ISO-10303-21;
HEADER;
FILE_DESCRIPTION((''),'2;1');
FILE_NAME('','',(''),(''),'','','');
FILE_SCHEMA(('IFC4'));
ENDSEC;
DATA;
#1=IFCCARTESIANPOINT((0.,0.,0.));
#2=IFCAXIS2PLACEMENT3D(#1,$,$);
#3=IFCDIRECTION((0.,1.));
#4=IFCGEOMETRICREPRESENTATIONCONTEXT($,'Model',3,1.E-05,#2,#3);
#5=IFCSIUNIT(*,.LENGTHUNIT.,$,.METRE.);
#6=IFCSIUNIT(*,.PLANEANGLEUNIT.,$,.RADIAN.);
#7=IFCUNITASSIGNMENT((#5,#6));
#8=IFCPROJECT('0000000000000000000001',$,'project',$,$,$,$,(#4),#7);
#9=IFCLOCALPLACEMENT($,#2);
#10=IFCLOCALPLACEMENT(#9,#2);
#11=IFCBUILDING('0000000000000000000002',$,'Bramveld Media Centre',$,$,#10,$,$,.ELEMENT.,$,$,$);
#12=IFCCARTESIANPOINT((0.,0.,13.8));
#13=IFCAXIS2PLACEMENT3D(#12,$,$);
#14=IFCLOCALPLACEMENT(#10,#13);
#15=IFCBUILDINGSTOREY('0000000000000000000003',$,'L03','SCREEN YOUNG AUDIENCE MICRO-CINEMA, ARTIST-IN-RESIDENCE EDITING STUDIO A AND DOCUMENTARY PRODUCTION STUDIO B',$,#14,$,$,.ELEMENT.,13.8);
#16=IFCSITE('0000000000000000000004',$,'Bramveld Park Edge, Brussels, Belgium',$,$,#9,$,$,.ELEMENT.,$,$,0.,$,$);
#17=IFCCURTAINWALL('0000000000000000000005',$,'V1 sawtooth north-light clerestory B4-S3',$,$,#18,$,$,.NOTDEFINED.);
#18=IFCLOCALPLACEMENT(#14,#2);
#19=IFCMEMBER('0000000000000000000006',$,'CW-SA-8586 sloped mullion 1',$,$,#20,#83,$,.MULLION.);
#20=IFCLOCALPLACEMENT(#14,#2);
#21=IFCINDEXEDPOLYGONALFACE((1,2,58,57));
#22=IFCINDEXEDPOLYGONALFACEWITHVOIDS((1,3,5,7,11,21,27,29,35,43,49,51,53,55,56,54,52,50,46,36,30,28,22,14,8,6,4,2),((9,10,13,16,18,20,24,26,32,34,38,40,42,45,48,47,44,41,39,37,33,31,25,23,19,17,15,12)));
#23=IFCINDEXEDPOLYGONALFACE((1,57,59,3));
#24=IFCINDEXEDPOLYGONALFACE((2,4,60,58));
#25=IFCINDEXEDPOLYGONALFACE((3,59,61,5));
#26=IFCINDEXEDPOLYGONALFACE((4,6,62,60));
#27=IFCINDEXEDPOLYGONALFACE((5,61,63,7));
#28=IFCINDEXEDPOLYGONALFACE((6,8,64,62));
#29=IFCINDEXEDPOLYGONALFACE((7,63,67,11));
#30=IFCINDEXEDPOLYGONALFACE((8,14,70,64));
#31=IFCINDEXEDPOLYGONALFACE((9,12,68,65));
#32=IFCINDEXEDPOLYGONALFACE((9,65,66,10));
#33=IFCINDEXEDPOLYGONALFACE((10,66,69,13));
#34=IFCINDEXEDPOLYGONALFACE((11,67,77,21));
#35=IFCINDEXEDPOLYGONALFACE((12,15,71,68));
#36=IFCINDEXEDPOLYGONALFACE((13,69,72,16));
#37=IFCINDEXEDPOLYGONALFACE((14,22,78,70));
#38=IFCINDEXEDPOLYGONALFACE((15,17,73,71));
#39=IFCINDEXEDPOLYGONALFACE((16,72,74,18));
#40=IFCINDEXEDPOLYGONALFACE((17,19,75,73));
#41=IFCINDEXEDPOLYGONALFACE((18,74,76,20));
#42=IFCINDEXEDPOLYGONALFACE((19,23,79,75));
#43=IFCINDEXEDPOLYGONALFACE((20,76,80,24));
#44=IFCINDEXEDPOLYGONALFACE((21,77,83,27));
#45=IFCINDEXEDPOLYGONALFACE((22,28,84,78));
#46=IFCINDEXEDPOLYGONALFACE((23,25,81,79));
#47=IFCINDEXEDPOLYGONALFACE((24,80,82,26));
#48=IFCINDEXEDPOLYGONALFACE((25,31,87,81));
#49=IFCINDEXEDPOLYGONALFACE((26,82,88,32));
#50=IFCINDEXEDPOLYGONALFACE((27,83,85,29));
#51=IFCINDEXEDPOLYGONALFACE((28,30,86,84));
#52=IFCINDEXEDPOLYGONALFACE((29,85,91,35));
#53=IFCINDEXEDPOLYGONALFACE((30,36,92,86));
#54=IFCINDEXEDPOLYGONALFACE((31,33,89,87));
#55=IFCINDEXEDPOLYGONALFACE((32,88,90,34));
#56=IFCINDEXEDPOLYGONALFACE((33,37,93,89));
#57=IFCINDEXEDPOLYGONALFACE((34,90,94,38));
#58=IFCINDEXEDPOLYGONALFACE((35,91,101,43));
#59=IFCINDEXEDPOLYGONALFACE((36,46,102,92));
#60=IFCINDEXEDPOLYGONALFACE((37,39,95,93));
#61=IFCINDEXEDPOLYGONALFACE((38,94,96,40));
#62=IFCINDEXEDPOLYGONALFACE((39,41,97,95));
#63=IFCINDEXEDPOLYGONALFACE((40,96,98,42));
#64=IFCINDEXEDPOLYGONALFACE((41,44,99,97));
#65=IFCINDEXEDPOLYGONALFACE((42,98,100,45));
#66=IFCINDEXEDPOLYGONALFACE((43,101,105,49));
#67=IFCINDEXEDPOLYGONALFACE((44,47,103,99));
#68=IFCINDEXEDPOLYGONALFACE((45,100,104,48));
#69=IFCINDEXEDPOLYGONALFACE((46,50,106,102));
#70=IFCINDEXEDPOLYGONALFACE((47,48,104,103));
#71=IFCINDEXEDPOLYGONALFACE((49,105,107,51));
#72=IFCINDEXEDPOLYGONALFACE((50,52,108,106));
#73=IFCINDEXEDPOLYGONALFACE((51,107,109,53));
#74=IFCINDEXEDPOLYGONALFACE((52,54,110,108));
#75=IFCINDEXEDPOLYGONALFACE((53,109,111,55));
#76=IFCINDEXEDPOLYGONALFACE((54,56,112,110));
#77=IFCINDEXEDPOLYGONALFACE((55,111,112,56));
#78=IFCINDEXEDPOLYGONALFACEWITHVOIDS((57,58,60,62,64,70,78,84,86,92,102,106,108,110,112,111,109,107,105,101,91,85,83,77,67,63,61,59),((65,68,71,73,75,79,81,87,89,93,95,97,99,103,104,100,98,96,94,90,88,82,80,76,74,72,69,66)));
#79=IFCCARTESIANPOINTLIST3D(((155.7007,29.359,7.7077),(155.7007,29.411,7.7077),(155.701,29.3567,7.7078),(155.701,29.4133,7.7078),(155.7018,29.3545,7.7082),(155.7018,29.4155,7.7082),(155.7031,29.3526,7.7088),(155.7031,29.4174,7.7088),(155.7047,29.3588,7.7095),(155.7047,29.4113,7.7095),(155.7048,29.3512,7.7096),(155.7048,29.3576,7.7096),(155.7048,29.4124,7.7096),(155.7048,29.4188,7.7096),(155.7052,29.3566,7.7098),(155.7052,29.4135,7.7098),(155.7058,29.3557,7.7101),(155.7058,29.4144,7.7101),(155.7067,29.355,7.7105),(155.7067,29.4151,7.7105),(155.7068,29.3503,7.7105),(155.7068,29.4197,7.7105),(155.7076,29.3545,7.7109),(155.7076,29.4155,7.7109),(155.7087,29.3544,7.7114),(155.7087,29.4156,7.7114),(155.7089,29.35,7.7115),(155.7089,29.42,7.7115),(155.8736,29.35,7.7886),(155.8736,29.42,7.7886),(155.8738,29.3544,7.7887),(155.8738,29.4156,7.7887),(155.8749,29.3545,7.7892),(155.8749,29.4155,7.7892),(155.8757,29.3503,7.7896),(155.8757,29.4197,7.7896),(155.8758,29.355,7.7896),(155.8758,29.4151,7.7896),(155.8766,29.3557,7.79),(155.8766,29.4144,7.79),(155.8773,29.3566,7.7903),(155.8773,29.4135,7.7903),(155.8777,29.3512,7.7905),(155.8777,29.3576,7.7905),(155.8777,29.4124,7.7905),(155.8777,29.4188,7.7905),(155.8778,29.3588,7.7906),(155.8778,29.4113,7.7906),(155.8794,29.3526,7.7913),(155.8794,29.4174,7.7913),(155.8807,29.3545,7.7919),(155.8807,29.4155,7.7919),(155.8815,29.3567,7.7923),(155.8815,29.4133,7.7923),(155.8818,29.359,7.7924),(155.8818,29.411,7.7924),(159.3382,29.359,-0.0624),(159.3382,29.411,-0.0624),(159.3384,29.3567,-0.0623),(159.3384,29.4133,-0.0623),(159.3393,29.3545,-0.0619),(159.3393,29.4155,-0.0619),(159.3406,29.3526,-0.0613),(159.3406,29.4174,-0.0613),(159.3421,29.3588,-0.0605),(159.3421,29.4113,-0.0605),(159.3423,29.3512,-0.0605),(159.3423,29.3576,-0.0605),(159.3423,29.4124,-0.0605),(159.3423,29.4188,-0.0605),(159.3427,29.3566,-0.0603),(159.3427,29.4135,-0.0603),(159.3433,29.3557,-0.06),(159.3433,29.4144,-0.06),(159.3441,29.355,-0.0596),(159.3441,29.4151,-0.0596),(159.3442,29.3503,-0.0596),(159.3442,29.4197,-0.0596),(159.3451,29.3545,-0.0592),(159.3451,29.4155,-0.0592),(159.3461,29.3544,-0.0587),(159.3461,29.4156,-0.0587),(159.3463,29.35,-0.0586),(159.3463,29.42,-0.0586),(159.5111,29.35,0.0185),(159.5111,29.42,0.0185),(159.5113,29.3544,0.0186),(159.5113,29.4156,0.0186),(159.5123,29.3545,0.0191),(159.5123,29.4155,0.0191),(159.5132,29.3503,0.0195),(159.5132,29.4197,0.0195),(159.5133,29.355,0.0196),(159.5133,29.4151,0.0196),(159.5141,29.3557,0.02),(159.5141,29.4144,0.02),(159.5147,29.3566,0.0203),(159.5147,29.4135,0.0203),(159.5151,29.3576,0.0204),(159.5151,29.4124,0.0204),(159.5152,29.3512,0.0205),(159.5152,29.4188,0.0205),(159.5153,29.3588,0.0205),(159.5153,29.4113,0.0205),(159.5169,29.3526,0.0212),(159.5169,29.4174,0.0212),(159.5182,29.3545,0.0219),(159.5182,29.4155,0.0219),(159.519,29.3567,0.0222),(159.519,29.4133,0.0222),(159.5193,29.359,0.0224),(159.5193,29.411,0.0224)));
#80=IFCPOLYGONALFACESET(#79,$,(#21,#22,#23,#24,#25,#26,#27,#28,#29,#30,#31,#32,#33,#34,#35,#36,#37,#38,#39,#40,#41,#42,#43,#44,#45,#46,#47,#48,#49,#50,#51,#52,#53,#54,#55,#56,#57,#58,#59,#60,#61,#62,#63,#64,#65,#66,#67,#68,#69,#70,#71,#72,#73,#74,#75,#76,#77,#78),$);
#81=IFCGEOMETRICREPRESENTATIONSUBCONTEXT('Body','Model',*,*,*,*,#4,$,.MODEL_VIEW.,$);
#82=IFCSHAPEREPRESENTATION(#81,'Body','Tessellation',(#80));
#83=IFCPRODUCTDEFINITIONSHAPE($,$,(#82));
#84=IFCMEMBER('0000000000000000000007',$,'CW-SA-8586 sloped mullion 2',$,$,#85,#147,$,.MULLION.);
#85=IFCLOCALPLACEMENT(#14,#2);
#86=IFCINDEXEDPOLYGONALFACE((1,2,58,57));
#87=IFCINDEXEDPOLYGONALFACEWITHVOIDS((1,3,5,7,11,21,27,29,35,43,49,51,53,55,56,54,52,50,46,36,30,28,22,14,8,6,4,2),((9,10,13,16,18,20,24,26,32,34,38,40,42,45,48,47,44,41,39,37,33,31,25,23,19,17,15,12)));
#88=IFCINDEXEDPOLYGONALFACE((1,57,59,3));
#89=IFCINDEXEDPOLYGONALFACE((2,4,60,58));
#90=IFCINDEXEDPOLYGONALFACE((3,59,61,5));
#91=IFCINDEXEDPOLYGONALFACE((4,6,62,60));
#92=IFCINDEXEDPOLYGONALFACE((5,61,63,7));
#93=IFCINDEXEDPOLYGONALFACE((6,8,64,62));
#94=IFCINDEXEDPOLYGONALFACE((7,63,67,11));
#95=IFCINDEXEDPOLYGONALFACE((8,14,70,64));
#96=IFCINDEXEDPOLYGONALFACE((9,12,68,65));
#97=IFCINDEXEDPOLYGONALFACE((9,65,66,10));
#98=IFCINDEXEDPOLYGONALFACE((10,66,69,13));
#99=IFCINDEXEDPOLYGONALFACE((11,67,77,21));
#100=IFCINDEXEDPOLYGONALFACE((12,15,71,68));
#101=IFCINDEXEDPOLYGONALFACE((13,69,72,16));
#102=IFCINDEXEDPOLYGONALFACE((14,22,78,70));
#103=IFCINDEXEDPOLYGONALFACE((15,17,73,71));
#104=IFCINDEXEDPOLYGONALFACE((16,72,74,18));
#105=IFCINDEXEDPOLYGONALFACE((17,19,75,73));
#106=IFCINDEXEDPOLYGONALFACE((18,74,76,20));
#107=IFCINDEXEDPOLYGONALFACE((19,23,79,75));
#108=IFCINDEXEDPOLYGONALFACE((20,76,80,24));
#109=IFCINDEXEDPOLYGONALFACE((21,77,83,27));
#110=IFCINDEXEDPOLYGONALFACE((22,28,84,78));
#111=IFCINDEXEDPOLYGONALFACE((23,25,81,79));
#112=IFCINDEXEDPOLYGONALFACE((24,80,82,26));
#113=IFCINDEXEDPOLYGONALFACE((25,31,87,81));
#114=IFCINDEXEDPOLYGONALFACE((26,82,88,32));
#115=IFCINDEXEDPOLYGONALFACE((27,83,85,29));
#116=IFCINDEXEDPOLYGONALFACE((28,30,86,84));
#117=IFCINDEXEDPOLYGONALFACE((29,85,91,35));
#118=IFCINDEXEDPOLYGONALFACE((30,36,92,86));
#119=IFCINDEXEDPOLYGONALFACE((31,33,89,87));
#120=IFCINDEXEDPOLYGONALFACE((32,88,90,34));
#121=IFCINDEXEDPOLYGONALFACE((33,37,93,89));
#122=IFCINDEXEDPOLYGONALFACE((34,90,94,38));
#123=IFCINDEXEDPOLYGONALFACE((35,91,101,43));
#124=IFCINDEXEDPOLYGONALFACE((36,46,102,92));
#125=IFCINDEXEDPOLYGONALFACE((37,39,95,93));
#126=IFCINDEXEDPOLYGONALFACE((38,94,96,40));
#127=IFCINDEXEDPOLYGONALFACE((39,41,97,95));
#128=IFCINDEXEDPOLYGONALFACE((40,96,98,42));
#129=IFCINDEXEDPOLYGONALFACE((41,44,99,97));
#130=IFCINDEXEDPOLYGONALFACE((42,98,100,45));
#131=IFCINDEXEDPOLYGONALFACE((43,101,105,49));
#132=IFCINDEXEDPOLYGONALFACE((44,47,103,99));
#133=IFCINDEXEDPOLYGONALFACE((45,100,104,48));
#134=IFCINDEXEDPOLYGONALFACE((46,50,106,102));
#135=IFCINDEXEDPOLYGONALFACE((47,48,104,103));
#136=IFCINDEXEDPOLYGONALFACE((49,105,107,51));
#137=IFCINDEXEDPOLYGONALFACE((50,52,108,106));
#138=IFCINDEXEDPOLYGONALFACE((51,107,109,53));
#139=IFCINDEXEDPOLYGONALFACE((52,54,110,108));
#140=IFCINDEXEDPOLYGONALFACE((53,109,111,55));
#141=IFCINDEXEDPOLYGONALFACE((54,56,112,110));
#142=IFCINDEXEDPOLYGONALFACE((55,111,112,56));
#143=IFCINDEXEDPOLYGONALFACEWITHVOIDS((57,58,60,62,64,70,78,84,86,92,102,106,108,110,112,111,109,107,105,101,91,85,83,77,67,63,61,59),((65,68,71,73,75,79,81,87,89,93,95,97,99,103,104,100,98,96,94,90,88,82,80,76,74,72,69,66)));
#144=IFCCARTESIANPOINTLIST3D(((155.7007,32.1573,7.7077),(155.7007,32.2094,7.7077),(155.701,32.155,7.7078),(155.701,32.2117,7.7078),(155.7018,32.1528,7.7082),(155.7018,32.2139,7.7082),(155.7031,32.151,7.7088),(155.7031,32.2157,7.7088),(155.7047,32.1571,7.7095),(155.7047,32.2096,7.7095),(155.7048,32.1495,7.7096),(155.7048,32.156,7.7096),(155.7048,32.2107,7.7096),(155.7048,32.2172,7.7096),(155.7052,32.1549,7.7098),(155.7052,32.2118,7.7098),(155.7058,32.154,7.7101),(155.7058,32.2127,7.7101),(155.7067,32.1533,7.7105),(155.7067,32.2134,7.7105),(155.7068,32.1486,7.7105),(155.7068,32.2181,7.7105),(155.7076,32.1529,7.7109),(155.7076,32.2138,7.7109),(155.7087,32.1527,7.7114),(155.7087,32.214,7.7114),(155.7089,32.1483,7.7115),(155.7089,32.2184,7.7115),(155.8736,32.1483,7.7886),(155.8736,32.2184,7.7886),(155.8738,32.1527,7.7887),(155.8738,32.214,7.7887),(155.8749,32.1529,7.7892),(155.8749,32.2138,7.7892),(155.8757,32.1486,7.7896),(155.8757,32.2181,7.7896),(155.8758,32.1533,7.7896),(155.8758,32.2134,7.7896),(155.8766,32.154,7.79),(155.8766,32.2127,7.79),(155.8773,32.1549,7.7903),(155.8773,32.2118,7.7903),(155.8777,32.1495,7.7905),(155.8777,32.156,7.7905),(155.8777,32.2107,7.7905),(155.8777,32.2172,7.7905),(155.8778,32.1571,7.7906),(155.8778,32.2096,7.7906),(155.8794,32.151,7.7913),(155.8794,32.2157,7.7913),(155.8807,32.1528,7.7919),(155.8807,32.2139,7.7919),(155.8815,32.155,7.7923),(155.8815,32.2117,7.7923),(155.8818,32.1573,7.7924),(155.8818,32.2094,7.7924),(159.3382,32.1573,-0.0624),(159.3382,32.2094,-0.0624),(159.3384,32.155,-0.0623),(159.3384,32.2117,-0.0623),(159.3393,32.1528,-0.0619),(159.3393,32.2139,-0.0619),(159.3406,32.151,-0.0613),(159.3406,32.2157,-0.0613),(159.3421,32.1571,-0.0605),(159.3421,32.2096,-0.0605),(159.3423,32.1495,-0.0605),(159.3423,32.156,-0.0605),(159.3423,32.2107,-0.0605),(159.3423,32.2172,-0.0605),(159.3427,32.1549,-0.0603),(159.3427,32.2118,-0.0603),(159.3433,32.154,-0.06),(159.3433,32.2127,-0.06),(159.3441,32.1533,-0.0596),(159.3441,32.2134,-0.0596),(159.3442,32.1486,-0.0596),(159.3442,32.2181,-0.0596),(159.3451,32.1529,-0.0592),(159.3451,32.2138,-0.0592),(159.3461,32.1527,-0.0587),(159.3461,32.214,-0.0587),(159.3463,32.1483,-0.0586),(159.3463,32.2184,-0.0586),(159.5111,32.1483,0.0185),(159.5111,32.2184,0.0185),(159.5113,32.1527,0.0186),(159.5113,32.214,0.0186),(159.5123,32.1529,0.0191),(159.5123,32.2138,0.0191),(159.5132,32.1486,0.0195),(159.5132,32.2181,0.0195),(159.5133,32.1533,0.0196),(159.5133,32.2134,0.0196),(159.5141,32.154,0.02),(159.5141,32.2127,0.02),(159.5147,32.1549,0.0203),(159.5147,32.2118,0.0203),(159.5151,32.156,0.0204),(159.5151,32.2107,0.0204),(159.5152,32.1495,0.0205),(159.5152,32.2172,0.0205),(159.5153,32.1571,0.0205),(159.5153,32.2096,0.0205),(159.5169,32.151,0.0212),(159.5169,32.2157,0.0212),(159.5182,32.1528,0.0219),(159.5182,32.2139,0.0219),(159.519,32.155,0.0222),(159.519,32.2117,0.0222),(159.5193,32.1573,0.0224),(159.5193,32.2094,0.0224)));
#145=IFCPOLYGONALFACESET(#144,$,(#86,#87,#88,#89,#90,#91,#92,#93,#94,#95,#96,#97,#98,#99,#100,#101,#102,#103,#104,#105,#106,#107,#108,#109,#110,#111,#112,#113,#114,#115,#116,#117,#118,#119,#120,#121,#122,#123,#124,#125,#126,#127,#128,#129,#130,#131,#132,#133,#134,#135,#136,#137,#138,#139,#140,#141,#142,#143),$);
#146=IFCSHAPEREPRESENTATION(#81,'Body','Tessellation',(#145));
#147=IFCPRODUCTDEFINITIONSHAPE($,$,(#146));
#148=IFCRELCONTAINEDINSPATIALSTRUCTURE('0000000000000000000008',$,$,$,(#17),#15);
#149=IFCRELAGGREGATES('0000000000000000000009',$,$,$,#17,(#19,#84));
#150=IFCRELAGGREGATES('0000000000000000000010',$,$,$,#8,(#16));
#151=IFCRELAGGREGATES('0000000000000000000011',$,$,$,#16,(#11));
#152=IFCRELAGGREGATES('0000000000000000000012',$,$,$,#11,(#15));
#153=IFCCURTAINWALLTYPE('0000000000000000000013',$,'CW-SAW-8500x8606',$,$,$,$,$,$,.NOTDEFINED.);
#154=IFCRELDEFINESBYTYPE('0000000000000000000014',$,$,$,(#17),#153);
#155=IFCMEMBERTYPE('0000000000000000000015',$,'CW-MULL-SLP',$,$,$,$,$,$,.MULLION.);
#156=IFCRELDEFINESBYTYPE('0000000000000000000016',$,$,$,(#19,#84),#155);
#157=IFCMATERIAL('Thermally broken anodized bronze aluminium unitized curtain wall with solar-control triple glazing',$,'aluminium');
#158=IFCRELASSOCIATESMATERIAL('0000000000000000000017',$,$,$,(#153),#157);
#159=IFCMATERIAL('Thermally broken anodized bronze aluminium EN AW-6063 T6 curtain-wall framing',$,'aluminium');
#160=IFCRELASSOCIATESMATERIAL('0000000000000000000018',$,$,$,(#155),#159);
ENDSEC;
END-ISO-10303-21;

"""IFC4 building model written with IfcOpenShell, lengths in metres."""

from ifc_helpers import new_model, si_unit, direction, frame, origin, origin_2d, place, context, subcontext, project, spatial, hollow_rectangle, extrude, material, material_profile, profile_set, type_object, element, aggregate, save


model = new_model("IFC4")

# Units and contexts
model_context = context("Model", 3, precision=1e-05, world=origin(), true_north=direction((0.0, 1.0)))
body_context = subcontext(model_context, "Body", "Model", "MODEL_VIEW")
ifc_project = project(units=[si_unit("LENGTHUNIT", "METRE"), si_unit("PLANEANGLEUNIT", "RADIAN")], contexts=[model_context])

# Site, building, storey
site_placement = place(None, origin())
site = spatial("IfcSite", under=ifc_project, at=site_placement, Name="Bramveld Park Edge, Brussels, Belgium", CompositionType="ELEMENT", RefElevation=0.0)
building_placement = place(site_placement, origin())
building = spatial("IfcBuilding", under=site, at=building_placement, Name="Bramveld Media Centre", CompositionType="ELEMENT")
storey_placement = place(building_placement, frame((0.0, 0.0, 13.8)))
storey = spatial("IfcBuildingStorey", under=building, at=storey_placement, Name="L03", Description="SCREEN YOUNG AUDIENCE MICRO-CINEMA, ARTIST-IN-RESIDENCE EDITING STUDIO A AND DOCUMENTARY PRODUCTION STUDIO B", CompositionType="ELEMENT", Elevation=13.8)

# Curtain wall, members
ifc_material_1 = material(Name="Thermally broken anodized bronze aluminium unitized curtain wall with solar-control triple glazing", Category="aluminium")
curtain_wall_type = type_object("IfcCurtainWallType", Name="CW-SAW-8500x8606", PredefinedType="NOTDEFINED", material=ifc_material_1)
curtain_wall_1_placement = place(storey_placement, origin())
curtain_wall_1 = element("IfcCurtainWall", 1, at=curtain_wall_1_placement, inside=storey, type_object=curtain_wall_type, Name="V1 sawtooth north-light clerestory B4-S3", PredefinedType="NOTDEFINED")
ifc_material_2 = material(Name="Thermally broken anodized bronze aluminium EN AW-6063 T6 curtain-wall framing", Category="aluminium")
ifc_material_profile_1 = material_profile(ifc_material_2, hollow_rectangle(XDim=0.0701, YDim=0.2, WallThickness=0.0044, InnerFilletRadius=0.0044, OuterFilletRadius=0.009, at=origin_2d()), Name="AL-MULL 70x200")
ifc_profile_set_1 = profile_set([ifc_material_profile_1], Name="Thermally broken anodized bronze aluminium EN AW-6063 T6 curtain-wall framing")
member_type_1 = type_object("IfcMemberType", Name="CW-MULL-SLP", PredefinedType="MULLION", material=ifc_profile_set_1)
member_1_placement = place(storey_placement, frame((159.4287, 29.385, -0.02), z_axis=(-0.42398, 0.0, 0.905671), x_axis=(0.0, -1.0, 0.0)))
member_1 = element("IfcMember", 2, at=member_1_placement, type_object=member_type_1, Name="CW-SA-8586 sloped mullion 1", PredefinedType="MULLION", context=body_context, shape_type="SweptSolid", body=[
    extrude(hollow_rectangle(XDim=0.0701, YDim=0.2, WallThickness=0.0044, InnerFilletRadius=0.0044, OuterFilletRadius=0.009, at=origin_2d()), origin(), (0.0, 0.0, 1.0), 8.5793),
])
member_2_placement = place(storey_placement, frame((159.4287, 32.1833, -0.02), z_axis=(-0.42398, 0.0, 0.905671), x_axis=(0.0, -1.0, 0.0)))
member_2 = element("IfcMember", 3, at=member_2_placement, type_object=member_type_1, Name="CW-SA-8586 sloped mullion 2", PredefinedType="MULLION", context=body_context, shape_type="SweptSolid", body=[
    extrude(hollow_rectangle(XDim=0.0701, YDim=0.2, WallThickness=0.0044, InnerFilletRadius=0.0044, OuterFilletRadius=0.009, at=origin_2d()), origin(), (0.0, 0.0, 1.0), 8.5793),
])

aggregate(curtain_wall_1, [member_1, member_2])

save(model, "model.ifc")
